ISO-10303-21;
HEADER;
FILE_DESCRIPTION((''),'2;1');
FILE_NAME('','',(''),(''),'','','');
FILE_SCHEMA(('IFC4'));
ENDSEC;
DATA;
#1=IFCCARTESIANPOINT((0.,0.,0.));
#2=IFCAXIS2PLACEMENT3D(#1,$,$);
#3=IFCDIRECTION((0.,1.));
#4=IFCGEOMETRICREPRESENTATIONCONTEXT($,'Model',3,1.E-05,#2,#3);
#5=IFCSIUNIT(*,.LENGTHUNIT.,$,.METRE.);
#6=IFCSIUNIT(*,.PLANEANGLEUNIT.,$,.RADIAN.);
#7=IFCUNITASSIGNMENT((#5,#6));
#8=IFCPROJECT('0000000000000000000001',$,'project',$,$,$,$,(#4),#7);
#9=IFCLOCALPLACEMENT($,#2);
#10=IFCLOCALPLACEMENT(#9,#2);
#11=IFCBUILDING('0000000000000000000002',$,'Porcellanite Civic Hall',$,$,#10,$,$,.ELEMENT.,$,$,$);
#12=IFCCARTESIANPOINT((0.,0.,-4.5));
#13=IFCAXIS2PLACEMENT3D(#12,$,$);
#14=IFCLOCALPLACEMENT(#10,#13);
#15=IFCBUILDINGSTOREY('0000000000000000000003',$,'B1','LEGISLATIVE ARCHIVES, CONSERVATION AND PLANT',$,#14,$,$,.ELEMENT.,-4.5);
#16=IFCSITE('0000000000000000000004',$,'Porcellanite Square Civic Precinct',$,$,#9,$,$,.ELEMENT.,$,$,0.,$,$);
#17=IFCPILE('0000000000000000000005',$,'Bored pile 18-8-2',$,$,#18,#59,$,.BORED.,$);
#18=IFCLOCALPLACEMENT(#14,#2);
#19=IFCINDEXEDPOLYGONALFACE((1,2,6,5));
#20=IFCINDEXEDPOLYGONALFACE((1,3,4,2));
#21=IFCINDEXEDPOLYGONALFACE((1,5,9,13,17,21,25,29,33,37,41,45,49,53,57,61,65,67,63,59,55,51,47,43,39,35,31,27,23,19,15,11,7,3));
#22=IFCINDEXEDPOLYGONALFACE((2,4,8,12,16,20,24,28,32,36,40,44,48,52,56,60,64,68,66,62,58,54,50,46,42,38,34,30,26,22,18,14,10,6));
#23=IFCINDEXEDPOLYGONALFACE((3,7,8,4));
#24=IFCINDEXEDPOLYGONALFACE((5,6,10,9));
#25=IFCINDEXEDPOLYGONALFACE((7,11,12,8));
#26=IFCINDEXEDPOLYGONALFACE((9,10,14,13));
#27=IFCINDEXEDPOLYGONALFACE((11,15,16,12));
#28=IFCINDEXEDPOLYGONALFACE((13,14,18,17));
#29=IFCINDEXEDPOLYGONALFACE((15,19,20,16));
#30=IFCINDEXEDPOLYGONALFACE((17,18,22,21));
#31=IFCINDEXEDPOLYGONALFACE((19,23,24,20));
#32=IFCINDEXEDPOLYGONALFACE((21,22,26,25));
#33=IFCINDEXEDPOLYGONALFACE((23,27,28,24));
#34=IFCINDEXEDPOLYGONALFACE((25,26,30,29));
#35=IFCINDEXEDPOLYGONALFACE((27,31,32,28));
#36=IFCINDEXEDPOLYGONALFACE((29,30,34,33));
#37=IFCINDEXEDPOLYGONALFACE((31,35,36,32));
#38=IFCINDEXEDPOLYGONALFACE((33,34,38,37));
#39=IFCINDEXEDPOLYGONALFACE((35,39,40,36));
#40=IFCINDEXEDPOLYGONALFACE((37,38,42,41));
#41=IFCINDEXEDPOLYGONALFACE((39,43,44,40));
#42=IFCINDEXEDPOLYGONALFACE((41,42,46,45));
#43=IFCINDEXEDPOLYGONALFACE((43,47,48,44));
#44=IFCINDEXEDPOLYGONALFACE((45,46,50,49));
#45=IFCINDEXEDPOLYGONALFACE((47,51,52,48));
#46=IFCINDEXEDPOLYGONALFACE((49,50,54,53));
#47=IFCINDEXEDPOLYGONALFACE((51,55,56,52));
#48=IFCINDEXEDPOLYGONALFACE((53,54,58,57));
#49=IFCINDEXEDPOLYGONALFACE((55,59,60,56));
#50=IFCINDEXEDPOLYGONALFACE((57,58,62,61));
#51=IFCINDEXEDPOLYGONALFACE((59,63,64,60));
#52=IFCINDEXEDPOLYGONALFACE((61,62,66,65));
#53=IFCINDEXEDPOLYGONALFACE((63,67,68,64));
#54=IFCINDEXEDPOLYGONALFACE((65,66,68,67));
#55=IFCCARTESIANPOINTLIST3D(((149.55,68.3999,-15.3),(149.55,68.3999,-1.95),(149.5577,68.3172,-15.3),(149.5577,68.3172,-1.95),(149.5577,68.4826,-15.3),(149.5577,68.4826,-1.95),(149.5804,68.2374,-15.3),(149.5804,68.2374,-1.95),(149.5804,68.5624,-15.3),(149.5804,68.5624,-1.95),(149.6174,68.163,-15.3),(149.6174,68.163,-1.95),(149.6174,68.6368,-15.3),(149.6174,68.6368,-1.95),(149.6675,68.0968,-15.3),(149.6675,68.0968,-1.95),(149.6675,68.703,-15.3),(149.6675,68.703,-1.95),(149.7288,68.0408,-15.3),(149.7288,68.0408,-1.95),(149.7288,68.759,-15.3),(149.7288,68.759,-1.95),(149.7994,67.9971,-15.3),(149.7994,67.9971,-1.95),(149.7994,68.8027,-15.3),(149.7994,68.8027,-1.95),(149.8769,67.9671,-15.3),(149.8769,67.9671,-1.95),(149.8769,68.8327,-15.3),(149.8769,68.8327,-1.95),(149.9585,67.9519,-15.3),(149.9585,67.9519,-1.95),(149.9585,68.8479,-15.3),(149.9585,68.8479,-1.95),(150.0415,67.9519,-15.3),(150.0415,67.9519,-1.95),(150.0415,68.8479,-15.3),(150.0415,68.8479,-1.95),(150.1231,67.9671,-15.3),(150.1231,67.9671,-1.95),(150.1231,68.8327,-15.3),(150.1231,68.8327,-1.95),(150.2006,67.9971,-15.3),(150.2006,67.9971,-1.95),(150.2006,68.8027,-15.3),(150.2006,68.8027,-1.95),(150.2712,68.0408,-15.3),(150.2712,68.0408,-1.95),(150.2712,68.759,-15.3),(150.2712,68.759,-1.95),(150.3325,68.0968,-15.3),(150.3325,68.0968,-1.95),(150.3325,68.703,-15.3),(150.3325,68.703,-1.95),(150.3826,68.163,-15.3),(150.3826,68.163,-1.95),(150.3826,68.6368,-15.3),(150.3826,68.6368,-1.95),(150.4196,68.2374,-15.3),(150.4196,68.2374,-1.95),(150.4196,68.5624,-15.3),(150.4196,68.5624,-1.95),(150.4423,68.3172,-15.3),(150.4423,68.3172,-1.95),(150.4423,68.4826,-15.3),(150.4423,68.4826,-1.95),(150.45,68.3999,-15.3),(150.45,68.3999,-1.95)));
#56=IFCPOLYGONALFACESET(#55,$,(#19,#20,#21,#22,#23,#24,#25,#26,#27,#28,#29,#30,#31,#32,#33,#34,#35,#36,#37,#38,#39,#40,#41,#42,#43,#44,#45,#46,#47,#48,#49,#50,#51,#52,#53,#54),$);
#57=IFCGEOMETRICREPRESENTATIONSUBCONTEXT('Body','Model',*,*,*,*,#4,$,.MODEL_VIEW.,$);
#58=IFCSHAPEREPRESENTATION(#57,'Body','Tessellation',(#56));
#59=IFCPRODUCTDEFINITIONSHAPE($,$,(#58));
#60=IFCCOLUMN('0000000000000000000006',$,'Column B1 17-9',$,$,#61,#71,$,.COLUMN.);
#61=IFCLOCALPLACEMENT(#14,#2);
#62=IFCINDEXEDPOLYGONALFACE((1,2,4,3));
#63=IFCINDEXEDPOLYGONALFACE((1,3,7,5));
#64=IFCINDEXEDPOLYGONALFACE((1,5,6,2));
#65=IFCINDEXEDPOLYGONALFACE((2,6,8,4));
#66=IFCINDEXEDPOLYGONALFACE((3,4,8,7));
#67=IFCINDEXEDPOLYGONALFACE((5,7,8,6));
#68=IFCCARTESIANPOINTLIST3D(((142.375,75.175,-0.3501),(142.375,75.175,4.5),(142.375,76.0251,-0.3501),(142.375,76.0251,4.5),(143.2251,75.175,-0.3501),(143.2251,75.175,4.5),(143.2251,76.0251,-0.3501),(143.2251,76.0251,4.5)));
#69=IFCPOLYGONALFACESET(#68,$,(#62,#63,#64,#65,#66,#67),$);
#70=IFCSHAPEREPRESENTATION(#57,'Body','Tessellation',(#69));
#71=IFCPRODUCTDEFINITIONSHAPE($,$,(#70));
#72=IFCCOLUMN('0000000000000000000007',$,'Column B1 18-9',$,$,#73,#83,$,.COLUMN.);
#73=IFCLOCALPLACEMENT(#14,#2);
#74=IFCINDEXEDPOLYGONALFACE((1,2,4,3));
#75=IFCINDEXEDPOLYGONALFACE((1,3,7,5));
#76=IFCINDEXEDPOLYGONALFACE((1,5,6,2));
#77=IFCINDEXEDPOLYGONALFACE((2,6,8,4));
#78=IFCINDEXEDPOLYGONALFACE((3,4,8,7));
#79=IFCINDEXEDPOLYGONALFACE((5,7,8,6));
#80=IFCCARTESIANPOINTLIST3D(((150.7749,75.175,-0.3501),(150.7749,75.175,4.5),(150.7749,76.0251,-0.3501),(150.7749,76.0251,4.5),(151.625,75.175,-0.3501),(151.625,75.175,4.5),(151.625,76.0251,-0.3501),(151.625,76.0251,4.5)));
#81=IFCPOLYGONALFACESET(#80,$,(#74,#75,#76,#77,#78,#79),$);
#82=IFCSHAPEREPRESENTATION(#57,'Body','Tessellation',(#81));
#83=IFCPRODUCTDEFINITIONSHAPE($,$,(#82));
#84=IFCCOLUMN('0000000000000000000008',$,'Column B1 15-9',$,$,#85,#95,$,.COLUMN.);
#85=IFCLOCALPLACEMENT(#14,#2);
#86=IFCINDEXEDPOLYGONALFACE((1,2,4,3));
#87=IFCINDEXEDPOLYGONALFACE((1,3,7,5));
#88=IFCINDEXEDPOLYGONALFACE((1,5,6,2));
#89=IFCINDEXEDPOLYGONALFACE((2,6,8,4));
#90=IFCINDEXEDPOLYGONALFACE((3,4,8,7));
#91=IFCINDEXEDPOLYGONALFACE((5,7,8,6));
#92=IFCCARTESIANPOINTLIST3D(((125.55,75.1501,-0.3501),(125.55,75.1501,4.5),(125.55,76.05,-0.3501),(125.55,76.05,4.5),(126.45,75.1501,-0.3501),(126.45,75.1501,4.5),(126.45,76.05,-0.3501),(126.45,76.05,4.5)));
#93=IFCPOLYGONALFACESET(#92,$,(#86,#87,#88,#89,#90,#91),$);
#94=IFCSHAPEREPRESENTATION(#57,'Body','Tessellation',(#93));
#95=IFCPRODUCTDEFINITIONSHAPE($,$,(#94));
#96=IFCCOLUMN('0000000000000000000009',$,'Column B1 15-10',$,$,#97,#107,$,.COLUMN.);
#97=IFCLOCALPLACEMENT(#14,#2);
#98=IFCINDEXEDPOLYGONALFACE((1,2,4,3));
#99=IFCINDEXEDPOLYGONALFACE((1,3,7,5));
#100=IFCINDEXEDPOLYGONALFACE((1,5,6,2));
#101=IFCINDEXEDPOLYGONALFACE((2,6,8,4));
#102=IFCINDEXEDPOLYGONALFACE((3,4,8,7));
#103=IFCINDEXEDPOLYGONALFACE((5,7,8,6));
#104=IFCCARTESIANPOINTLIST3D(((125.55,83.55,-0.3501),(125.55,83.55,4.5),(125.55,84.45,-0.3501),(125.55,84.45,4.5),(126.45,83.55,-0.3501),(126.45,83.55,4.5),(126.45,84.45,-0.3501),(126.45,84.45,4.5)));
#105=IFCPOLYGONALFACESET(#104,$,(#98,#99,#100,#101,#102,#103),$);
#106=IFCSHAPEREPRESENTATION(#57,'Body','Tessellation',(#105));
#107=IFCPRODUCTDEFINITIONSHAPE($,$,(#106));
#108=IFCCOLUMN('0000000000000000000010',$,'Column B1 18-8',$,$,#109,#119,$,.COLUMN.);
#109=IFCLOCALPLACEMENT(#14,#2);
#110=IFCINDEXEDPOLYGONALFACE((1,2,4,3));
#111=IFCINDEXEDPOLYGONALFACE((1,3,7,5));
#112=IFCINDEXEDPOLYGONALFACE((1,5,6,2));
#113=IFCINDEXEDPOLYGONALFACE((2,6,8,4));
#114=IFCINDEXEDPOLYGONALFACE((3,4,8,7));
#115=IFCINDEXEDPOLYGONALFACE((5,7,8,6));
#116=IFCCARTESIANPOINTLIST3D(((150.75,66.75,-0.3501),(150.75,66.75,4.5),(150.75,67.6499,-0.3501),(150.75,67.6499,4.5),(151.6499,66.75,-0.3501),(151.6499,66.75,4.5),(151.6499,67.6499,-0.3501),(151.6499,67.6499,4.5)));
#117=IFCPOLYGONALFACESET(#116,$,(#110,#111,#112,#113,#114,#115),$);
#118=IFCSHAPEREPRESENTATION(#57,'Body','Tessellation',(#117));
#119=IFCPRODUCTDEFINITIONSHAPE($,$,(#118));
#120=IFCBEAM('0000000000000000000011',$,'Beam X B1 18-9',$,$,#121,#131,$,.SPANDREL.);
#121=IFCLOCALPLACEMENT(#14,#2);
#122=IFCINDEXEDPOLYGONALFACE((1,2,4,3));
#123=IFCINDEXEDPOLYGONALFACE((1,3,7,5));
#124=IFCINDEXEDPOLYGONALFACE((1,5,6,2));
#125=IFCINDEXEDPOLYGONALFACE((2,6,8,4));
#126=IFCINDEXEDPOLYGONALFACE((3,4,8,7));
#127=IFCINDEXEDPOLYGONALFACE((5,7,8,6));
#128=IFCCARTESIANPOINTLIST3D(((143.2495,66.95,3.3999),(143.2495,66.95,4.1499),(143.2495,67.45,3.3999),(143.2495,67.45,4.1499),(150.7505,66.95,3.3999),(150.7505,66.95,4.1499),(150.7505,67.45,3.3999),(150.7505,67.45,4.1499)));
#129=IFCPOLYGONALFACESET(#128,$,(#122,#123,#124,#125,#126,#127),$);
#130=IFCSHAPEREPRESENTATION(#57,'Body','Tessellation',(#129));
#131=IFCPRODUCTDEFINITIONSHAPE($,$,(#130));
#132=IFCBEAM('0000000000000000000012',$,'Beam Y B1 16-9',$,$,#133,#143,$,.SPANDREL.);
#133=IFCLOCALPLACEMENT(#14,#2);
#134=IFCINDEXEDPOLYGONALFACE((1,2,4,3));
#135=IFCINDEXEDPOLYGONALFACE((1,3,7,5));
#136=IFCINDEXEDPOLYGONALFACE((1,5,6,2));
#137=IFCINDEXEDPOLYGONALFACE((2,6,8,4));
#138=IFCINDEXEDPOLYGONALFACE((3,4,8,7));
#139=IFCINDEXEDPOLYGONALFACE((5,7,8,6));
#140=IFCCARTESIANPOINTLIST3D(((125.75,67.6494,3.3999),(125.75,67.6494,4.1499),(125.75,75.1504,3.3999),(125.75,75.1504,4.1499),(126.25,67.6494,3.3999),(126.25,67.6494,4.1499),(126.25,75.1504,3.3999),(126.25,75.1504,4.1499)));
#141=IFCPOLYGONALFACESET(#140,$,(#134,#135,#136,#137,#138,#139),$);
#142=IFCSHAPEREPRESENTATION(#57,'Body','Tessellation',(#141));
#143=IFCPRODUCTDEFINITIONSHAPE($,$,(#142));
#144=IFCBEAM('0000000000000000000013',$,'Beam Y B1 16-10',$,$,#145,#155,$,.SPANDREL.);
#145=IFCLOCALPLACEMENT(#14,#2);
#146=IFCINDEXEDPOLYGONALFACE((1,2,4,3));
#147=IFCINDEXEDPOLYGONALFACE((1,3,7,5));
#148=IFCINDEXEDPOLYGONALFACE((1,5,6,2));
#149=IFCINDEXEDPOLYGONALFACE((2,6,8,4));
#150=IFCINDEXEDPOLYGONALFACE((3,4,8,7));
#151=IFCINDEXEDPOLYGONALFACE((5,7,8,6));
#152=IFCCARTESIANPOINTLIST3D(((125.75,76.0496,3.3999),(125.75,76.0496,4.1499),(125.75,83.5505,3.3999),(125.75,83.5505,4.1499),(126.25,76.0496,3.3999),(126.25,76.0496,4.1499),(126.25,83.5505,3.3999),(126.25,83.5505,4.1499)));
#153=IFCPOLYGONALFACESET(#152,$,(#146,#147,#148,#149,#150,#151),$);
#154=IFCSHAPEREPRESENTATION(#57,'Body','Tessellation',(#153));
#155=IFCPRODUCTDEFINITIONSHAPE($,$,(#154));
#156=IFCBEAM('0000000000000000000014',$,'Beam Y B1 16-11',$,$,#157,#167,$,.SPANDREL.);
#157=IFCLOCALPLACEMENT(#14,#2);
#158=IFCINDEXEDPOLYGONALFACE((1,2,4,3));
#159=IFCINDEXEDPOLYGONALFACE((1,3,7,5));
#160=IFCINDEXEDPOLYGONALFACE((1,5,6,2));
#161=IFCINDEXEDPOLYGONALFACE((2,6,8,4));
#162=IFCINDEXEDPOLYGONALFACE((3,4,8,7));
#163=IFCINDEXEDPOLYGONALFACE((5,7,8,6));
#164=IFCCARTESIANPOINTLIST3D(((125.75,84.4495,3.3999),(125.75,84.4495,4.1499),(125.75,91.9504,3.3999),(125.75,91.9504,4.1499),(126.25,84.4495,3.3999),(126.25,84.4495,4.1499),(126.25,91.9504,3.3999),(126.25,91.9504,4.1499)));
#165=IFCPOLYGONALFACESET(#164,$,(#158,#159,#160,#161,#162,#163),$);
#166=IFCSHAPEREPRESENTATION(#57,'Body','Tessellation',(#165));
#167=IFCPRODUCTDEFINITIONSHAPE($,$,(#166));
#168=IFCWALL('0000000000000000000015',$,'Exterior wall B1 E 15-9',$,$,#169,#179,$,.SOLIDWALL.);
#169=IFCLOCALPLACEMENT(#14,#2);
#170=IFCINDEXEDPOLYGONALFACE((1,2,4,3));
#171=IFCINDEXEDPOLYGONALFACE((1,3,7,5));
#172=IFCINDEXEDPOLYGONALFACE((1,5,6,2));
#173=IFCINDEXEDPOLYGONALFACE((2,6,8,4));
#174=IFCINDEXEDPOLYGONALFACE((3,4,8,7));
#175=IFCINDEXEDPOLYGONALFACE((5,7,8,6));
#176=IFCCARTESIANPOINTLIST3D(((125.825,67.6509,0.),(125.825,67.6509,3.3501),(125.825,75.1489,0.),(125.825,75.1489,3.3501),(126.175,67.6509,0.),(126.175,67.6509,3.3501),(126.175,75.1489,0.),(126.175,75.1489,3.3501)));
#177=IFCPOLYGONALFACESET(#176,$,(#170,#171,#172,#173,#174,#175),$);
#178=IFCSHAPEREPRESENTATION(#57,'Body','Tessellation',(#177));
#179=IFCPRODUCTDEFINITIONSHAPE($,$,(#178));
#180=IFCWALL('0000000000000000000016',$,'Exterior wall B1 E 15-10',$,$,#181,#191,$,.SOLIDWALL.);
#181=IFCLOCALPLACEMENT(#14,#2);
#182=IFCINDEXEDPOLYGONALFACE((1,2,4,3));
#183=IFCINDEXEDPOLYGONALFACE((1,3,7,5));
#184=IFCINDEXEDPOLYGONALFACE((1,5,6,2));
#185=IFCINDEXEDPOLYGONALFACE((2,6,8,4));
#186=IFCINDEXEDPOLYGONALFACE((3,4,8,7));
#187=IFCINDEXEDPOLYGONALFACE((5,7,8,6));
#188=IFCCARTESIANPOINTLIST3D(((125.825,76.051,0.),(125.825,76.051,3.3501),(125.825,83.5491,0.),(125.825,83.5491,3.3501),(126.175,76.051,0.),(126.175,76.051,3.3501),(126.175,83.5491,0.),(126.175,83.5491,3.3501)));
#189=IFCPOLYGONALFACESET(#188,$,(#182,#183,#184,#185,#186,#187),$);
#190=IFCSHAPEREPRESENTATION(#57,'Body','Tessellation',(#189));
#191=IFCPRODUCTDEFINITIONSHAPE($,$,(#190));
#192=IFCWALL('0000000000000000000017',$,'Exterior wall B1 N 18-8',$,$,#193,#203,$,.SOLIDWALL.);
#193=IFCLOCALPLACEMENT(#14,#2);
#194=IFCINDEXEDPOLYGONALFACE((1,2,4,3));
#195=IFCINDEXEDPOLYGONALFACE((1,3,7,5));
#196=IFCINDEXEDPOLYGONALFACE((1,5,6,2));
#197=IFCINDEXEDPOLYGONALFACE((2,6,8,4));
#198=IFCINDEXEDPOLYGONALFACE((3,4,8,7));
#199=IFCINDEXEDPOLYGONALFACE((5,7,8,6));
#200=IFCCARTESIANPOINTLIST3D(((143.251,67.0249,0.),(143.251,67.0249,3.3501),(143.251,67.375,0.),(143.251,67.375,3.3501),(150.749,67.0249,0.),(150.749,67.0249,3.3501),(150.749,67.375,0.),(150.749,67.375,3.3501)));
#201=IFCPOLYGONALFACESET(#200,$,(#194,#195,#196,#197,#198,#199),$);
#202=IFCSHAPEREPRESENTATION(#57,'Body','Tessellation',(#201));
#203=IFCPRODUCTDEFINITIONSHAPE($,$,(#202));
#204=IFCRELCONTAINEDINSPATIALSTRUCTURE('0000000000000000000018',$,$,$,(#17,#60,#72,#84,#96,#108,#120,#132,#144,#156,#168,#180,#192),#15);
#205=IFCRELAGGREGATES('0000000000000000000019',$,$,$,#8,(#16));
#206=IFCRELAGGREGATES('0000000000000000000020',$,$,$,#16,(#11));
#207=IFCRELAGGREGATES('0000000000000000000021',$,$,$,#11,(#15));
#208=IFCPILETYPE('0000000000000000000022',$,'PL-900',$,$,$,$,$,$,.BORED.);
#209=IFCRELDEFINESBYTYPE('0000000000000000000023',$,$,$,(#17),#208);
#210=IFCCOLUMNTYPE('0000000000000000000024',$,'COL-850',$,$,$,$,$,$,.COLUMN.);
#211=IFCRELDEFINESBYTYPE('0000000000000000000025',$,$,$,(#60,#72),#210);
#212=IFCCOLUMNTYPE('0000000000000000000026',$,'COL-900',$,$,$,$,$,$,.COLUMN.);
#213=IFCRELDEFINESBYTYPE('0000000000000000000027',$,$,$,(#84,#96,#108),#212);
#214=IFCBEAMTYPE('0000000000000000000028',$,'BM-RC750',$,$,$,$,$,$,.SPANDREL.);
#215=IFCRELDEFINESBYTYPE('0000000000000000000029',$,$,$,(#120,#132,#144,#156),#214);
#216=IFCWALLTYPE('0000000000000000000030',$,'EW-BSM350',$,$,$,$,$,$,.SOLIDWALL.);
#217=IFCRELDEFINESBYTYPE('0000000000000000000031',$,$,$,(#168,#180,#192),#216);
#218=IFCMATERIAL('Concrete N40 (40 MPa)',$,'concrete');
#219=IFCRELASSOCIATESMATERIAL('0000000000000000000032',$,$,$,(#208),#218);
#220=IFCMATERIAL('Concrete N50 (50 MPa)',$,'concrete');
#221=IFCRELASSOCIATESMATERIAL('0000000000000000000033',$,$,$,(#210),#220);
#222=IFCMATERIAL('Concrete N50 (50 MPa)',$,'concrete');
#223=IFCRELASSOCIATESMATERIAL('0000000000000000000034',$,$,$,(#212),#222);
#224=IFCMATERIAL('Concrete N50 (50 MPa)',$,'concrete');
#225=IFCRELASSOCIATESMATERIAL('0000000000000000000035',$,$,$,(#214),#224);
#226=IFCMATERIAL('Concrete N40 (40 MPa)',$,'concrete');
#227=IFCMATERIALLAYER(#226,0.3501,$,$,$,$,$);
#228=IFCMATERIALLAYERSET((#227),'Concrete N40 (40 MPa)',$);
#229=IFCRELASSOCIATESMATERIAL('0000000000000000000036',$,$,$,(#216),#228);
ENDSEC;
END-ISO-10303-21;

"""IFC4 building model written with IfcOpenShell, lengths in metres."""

from ifc_helpers import new_model, si_unit, direction, frame, frame_2d, origin, origin_2d, place, context, subcontext, project, spatial, rectangle, circle, extrude, material, layer, layer_set, material_profile, profile_set, type_object, element, save


model = new_model("IFC4")

# Units and contexts
model_context = context("Model", 3, precision=1e-05, world=origin(), true_north=direction((0.0, 1.0)))
body_context = subcontext(model_context, "Body", "Model", "MODEL_VIEW")
ifc_project = project(units=[si_unit("LENGTHUNIT", "METRE"), si_unit("PLANEANGLEUNIT", "RADIAN")], contexts=[model_context])

# Site, building, storey
site_placement = place(None, origin())
site = spatial("IfcSite", under=ifc_project, at=site_placement, Name="Porcellanite Square Civic Precinct", CompositionType="ELEMENT", RefElevation=0.0)
building_placement = place(site_placement, origin())
building = spatial("IfcBuilding", under=site, at=building_placement, Name="Porcellanite Civic Hall", CompositionType="ELEMENT")
storey_placement = place(building_placement, frame((0.0, 0.0, -4.5)))
storey = spatial("IfcBuildingStorey", under=building, at=storey_placement, Name="B1", Description="LEGISLATIVE ARCHIVES, CONSERVATION AND PLANT", CompositionType="ELEMENT", Elevation=-4.5)

# Pile
ifc_material_1 = material(Name="Concrete N40 (40 MPa)", Category="concrete")
ifc_material_profile_1 = material_profile(ifc_material_1, circle(Radius=0.45, at=origin_2d()), Name="PILE-D900")
ifc_profile_set_1 = profile_set([ifc_material_profile_1], Name="Concrete N40 (40 MPa)")
pile_type_1 = type_object("IfcPileType", Name="PL-900", PredefinedType="BORED", material=ifc_profile_set_1)
for number, where, z_axis, x_axis, name in (
    (1, (150.0, 68.3999, -1.95), (0.0, 0.0, -1.0), (1.0, 0.0, 0.0), "Bored pile 18-8-2"),
):
    element("IfcPile", number, at=place(storey_placement, frame(where, z_axis=z_axis, x_axis=x_axis)), inside=storey, type_object=pile_type_1, Name=name, PredefinedType="BORED", context=body_context, shape_type="SweptSolid", body=[
        extrude(circle(Radius=0.45, at=origin_2d()), origin(), (0.0, 0.0, 1.0), 13.3501),
    ])

# Columns
ifc_material_2 = material(Name="Concrete N50 (50 MPa)", Category="concrete")
ifc_material_profile_2 = material_profile(ifc_material_2, rectangle(XDim=0.8501, YDim=0.8501, at=origin_2d()), Name="RC-850x850")
ifc_profile_set_2 = profile_set([ifc_material_profile_2], Name="Concrete N50 (50 MPa)")
column_type_1 = type_object("IfcColumnType", Name="COL-850", PredefinedType="COLUMN", material=ifc_profile_set_2)
for number, where, z_axis, x_axis, name in (
    (2, (142.8, 75.6001, -0.3501), (0.0, 0.0, 1.0), (1.0, 0.0, 0.0), "Column B1 17-9"),
    (3, (151.2, 75.6001, -0.3501), (0.0, 0.0, 1.0), (1.0, 0.0, 0.0), "Column B1 18-9"),
):
    element("IfcColumn", number, at=place(storey_placement, frame(where, z_axis=z_axis, x_axis=x_axis)), inside=storey, type_object=column_type_1, Name=name, PredefinedType="COLUMN", context=body_context, shape_type="SweptSolid", body=[
        extrude(rectangle(XDim=0.8501, YDim=0.8501, at=origin_2d()), origin(), (0.0, 0.0, 1.0), 4.8501),
    ])
ifc_material_3 = material(Name="Concrete N50 (50 MPa)", Category="concrete")
ifc_material_profile_3 = material_profile(ifc_material_3, rectangle(XDim=0.8999, YDim=0.8999, at=origin_2d()), Name="RC-900x900")
ifc_profile_set_3 = profile_set([ifc_material_profile_3], Name="Concrete N50 (50 MPa)")
column_type_2 = type_object("IfcColumnType", Name="COL-900", PredefinedType="COLUMN", material=ifc_profile_set_3)
for number, where, z_axis, x_axis, name in (
    (4, (126.0, 75.6001, -0.3501), (0.0, 0.0, 1.0), (1.0, 0.0, 0.0), "Column B1 15-9"),
    (5, (126.0, 84.0, -0.3501), (0.0, 0.0, 1.0), (1.0, 0.0, 0.0), "Column B1 15-10"),
    (6, (151.2, 67.2, -0.3501), (0.0, 0.0, 1.0), (1.0, 0.0, 0.0), "Column B1 18-8"),
):
    element("IfcColumn", number, at=place(storey_placement, frame(where, z_axis=z_axis, x_axis=x_axis)), inside=storey, type_object=column_type_2, Name=name, PredefinedType="COLUMN", context=body_context, shape_type="SweptSolid", body=[
        extrude(rectangle(XDim=0.8999, YDim=0.8999, at=origin_2d()), origin(), (0.0, 0.0, 1.0), 4.8501),
    ])

# Beams
ifc_material_4 = material(Name="Concrete N50 (50 MPa)", Category="concrete")
ifc_material_profile_4 = material_profile(ifc_material_4, rectangle(XDim=0.5, YDim=0.75, at=origin_2d()), Name="RC-500x750")
ifc_profile_set_4 = profile_set([ifc_material_profile_4], Name="Concrete N50 (50 MPa)")
beam_type = type_object("IfcBeamType", Name="BM-RC750", PredefinedType="SPANDREL", material=ifc_profile_set_4)
for number, where, z_axis, x_axis, name in (
    (7, (143.2495, 67.2, 3.7749), (1.0, 0.0, 0.0), (0.0, 1.0, 0.0), "Beam X B1 18-9"),
    (8, (126.0, 67.6494, 3.7749), (0.0, 1.0, 0.0), (-1.0, 0.0, 0.0), "Beam Y B1 16-9"),
    (9, (126.0, 76.0496, 3.7749), (0.0, 1.0, 0.0), (-1.0, 0.0, 0.0), "Beam Y B1 16-10"),
    (10, (126.0, 84.4495, 3.7749), (0.0, 1.0, 0.0), (-1.0, 0.0, 0.0), "Beam Y B1 16-11"),
):
    element("IfcBeam", number, at=place(storey_placement, frame(where, z_axis=z_axis, x_axis=x_axis)), inside=storey, type_object=beam_type, Name=name, PredefinedType="SPANDREL", context=body_context, shape_type="SweptSolid", body=[
        extrude(rectangle(XDim=0.5, YDim=0.75, at=origin_2d()), origin(), (0.0, 0.0, 1.0), 7.501),
    ])

# Walls
ifc_material_5 = material(Name="Concrete N40 (40 MPa)", Category="concrete")
ifc_layer = layer(ifc_material_5, 0.3501)
ifc_layer_set = layer_set([ifc_layer], Name="Concrete N40 (40 MPa)")
wall_type = type_object("IfcWallType", Name="EW-BSM350", PredefinedType="SOLIDWALL", material=ifc_layer_set)
for number, where, z_axis, x_axis, name in (
    (11, (126.0, 75.1489, 0.0), (0.0, 0.0, 1.0), (0.0, -1.0, 0.0), "Exterior wall B1 E 15-9"),
    (12, (126.0, 83.5491, 0.0), (0.0, 0.0, 1.0), (0.0, -1.0, 0.0), "Exterior wall B1 E 15-10"),
    (13, (143.251, 67.2, 0.0), (0.0, 0.0, 1.0), (1.0, 0.0, 0.0), "Exterior wall B1 N 18-8"),
):
    element("IfcWall", number, at=place(storey_placement, frame(where, z_axis=z_axis, x_axis=x_axis)), inside=storey, type_object=wall_type, Name=name, PredefinedType="SOLIDWALL", context=body_context, shape_type="SweptSolid", body=[
        extrude(rectangle(XDim=7.498, YDim=0.3501, at=frame_2d((3.749, 0.0))), origin(), (0.0, 0.0, 1.0), 3.3501),
    ])

save(model, "model.ifc")
